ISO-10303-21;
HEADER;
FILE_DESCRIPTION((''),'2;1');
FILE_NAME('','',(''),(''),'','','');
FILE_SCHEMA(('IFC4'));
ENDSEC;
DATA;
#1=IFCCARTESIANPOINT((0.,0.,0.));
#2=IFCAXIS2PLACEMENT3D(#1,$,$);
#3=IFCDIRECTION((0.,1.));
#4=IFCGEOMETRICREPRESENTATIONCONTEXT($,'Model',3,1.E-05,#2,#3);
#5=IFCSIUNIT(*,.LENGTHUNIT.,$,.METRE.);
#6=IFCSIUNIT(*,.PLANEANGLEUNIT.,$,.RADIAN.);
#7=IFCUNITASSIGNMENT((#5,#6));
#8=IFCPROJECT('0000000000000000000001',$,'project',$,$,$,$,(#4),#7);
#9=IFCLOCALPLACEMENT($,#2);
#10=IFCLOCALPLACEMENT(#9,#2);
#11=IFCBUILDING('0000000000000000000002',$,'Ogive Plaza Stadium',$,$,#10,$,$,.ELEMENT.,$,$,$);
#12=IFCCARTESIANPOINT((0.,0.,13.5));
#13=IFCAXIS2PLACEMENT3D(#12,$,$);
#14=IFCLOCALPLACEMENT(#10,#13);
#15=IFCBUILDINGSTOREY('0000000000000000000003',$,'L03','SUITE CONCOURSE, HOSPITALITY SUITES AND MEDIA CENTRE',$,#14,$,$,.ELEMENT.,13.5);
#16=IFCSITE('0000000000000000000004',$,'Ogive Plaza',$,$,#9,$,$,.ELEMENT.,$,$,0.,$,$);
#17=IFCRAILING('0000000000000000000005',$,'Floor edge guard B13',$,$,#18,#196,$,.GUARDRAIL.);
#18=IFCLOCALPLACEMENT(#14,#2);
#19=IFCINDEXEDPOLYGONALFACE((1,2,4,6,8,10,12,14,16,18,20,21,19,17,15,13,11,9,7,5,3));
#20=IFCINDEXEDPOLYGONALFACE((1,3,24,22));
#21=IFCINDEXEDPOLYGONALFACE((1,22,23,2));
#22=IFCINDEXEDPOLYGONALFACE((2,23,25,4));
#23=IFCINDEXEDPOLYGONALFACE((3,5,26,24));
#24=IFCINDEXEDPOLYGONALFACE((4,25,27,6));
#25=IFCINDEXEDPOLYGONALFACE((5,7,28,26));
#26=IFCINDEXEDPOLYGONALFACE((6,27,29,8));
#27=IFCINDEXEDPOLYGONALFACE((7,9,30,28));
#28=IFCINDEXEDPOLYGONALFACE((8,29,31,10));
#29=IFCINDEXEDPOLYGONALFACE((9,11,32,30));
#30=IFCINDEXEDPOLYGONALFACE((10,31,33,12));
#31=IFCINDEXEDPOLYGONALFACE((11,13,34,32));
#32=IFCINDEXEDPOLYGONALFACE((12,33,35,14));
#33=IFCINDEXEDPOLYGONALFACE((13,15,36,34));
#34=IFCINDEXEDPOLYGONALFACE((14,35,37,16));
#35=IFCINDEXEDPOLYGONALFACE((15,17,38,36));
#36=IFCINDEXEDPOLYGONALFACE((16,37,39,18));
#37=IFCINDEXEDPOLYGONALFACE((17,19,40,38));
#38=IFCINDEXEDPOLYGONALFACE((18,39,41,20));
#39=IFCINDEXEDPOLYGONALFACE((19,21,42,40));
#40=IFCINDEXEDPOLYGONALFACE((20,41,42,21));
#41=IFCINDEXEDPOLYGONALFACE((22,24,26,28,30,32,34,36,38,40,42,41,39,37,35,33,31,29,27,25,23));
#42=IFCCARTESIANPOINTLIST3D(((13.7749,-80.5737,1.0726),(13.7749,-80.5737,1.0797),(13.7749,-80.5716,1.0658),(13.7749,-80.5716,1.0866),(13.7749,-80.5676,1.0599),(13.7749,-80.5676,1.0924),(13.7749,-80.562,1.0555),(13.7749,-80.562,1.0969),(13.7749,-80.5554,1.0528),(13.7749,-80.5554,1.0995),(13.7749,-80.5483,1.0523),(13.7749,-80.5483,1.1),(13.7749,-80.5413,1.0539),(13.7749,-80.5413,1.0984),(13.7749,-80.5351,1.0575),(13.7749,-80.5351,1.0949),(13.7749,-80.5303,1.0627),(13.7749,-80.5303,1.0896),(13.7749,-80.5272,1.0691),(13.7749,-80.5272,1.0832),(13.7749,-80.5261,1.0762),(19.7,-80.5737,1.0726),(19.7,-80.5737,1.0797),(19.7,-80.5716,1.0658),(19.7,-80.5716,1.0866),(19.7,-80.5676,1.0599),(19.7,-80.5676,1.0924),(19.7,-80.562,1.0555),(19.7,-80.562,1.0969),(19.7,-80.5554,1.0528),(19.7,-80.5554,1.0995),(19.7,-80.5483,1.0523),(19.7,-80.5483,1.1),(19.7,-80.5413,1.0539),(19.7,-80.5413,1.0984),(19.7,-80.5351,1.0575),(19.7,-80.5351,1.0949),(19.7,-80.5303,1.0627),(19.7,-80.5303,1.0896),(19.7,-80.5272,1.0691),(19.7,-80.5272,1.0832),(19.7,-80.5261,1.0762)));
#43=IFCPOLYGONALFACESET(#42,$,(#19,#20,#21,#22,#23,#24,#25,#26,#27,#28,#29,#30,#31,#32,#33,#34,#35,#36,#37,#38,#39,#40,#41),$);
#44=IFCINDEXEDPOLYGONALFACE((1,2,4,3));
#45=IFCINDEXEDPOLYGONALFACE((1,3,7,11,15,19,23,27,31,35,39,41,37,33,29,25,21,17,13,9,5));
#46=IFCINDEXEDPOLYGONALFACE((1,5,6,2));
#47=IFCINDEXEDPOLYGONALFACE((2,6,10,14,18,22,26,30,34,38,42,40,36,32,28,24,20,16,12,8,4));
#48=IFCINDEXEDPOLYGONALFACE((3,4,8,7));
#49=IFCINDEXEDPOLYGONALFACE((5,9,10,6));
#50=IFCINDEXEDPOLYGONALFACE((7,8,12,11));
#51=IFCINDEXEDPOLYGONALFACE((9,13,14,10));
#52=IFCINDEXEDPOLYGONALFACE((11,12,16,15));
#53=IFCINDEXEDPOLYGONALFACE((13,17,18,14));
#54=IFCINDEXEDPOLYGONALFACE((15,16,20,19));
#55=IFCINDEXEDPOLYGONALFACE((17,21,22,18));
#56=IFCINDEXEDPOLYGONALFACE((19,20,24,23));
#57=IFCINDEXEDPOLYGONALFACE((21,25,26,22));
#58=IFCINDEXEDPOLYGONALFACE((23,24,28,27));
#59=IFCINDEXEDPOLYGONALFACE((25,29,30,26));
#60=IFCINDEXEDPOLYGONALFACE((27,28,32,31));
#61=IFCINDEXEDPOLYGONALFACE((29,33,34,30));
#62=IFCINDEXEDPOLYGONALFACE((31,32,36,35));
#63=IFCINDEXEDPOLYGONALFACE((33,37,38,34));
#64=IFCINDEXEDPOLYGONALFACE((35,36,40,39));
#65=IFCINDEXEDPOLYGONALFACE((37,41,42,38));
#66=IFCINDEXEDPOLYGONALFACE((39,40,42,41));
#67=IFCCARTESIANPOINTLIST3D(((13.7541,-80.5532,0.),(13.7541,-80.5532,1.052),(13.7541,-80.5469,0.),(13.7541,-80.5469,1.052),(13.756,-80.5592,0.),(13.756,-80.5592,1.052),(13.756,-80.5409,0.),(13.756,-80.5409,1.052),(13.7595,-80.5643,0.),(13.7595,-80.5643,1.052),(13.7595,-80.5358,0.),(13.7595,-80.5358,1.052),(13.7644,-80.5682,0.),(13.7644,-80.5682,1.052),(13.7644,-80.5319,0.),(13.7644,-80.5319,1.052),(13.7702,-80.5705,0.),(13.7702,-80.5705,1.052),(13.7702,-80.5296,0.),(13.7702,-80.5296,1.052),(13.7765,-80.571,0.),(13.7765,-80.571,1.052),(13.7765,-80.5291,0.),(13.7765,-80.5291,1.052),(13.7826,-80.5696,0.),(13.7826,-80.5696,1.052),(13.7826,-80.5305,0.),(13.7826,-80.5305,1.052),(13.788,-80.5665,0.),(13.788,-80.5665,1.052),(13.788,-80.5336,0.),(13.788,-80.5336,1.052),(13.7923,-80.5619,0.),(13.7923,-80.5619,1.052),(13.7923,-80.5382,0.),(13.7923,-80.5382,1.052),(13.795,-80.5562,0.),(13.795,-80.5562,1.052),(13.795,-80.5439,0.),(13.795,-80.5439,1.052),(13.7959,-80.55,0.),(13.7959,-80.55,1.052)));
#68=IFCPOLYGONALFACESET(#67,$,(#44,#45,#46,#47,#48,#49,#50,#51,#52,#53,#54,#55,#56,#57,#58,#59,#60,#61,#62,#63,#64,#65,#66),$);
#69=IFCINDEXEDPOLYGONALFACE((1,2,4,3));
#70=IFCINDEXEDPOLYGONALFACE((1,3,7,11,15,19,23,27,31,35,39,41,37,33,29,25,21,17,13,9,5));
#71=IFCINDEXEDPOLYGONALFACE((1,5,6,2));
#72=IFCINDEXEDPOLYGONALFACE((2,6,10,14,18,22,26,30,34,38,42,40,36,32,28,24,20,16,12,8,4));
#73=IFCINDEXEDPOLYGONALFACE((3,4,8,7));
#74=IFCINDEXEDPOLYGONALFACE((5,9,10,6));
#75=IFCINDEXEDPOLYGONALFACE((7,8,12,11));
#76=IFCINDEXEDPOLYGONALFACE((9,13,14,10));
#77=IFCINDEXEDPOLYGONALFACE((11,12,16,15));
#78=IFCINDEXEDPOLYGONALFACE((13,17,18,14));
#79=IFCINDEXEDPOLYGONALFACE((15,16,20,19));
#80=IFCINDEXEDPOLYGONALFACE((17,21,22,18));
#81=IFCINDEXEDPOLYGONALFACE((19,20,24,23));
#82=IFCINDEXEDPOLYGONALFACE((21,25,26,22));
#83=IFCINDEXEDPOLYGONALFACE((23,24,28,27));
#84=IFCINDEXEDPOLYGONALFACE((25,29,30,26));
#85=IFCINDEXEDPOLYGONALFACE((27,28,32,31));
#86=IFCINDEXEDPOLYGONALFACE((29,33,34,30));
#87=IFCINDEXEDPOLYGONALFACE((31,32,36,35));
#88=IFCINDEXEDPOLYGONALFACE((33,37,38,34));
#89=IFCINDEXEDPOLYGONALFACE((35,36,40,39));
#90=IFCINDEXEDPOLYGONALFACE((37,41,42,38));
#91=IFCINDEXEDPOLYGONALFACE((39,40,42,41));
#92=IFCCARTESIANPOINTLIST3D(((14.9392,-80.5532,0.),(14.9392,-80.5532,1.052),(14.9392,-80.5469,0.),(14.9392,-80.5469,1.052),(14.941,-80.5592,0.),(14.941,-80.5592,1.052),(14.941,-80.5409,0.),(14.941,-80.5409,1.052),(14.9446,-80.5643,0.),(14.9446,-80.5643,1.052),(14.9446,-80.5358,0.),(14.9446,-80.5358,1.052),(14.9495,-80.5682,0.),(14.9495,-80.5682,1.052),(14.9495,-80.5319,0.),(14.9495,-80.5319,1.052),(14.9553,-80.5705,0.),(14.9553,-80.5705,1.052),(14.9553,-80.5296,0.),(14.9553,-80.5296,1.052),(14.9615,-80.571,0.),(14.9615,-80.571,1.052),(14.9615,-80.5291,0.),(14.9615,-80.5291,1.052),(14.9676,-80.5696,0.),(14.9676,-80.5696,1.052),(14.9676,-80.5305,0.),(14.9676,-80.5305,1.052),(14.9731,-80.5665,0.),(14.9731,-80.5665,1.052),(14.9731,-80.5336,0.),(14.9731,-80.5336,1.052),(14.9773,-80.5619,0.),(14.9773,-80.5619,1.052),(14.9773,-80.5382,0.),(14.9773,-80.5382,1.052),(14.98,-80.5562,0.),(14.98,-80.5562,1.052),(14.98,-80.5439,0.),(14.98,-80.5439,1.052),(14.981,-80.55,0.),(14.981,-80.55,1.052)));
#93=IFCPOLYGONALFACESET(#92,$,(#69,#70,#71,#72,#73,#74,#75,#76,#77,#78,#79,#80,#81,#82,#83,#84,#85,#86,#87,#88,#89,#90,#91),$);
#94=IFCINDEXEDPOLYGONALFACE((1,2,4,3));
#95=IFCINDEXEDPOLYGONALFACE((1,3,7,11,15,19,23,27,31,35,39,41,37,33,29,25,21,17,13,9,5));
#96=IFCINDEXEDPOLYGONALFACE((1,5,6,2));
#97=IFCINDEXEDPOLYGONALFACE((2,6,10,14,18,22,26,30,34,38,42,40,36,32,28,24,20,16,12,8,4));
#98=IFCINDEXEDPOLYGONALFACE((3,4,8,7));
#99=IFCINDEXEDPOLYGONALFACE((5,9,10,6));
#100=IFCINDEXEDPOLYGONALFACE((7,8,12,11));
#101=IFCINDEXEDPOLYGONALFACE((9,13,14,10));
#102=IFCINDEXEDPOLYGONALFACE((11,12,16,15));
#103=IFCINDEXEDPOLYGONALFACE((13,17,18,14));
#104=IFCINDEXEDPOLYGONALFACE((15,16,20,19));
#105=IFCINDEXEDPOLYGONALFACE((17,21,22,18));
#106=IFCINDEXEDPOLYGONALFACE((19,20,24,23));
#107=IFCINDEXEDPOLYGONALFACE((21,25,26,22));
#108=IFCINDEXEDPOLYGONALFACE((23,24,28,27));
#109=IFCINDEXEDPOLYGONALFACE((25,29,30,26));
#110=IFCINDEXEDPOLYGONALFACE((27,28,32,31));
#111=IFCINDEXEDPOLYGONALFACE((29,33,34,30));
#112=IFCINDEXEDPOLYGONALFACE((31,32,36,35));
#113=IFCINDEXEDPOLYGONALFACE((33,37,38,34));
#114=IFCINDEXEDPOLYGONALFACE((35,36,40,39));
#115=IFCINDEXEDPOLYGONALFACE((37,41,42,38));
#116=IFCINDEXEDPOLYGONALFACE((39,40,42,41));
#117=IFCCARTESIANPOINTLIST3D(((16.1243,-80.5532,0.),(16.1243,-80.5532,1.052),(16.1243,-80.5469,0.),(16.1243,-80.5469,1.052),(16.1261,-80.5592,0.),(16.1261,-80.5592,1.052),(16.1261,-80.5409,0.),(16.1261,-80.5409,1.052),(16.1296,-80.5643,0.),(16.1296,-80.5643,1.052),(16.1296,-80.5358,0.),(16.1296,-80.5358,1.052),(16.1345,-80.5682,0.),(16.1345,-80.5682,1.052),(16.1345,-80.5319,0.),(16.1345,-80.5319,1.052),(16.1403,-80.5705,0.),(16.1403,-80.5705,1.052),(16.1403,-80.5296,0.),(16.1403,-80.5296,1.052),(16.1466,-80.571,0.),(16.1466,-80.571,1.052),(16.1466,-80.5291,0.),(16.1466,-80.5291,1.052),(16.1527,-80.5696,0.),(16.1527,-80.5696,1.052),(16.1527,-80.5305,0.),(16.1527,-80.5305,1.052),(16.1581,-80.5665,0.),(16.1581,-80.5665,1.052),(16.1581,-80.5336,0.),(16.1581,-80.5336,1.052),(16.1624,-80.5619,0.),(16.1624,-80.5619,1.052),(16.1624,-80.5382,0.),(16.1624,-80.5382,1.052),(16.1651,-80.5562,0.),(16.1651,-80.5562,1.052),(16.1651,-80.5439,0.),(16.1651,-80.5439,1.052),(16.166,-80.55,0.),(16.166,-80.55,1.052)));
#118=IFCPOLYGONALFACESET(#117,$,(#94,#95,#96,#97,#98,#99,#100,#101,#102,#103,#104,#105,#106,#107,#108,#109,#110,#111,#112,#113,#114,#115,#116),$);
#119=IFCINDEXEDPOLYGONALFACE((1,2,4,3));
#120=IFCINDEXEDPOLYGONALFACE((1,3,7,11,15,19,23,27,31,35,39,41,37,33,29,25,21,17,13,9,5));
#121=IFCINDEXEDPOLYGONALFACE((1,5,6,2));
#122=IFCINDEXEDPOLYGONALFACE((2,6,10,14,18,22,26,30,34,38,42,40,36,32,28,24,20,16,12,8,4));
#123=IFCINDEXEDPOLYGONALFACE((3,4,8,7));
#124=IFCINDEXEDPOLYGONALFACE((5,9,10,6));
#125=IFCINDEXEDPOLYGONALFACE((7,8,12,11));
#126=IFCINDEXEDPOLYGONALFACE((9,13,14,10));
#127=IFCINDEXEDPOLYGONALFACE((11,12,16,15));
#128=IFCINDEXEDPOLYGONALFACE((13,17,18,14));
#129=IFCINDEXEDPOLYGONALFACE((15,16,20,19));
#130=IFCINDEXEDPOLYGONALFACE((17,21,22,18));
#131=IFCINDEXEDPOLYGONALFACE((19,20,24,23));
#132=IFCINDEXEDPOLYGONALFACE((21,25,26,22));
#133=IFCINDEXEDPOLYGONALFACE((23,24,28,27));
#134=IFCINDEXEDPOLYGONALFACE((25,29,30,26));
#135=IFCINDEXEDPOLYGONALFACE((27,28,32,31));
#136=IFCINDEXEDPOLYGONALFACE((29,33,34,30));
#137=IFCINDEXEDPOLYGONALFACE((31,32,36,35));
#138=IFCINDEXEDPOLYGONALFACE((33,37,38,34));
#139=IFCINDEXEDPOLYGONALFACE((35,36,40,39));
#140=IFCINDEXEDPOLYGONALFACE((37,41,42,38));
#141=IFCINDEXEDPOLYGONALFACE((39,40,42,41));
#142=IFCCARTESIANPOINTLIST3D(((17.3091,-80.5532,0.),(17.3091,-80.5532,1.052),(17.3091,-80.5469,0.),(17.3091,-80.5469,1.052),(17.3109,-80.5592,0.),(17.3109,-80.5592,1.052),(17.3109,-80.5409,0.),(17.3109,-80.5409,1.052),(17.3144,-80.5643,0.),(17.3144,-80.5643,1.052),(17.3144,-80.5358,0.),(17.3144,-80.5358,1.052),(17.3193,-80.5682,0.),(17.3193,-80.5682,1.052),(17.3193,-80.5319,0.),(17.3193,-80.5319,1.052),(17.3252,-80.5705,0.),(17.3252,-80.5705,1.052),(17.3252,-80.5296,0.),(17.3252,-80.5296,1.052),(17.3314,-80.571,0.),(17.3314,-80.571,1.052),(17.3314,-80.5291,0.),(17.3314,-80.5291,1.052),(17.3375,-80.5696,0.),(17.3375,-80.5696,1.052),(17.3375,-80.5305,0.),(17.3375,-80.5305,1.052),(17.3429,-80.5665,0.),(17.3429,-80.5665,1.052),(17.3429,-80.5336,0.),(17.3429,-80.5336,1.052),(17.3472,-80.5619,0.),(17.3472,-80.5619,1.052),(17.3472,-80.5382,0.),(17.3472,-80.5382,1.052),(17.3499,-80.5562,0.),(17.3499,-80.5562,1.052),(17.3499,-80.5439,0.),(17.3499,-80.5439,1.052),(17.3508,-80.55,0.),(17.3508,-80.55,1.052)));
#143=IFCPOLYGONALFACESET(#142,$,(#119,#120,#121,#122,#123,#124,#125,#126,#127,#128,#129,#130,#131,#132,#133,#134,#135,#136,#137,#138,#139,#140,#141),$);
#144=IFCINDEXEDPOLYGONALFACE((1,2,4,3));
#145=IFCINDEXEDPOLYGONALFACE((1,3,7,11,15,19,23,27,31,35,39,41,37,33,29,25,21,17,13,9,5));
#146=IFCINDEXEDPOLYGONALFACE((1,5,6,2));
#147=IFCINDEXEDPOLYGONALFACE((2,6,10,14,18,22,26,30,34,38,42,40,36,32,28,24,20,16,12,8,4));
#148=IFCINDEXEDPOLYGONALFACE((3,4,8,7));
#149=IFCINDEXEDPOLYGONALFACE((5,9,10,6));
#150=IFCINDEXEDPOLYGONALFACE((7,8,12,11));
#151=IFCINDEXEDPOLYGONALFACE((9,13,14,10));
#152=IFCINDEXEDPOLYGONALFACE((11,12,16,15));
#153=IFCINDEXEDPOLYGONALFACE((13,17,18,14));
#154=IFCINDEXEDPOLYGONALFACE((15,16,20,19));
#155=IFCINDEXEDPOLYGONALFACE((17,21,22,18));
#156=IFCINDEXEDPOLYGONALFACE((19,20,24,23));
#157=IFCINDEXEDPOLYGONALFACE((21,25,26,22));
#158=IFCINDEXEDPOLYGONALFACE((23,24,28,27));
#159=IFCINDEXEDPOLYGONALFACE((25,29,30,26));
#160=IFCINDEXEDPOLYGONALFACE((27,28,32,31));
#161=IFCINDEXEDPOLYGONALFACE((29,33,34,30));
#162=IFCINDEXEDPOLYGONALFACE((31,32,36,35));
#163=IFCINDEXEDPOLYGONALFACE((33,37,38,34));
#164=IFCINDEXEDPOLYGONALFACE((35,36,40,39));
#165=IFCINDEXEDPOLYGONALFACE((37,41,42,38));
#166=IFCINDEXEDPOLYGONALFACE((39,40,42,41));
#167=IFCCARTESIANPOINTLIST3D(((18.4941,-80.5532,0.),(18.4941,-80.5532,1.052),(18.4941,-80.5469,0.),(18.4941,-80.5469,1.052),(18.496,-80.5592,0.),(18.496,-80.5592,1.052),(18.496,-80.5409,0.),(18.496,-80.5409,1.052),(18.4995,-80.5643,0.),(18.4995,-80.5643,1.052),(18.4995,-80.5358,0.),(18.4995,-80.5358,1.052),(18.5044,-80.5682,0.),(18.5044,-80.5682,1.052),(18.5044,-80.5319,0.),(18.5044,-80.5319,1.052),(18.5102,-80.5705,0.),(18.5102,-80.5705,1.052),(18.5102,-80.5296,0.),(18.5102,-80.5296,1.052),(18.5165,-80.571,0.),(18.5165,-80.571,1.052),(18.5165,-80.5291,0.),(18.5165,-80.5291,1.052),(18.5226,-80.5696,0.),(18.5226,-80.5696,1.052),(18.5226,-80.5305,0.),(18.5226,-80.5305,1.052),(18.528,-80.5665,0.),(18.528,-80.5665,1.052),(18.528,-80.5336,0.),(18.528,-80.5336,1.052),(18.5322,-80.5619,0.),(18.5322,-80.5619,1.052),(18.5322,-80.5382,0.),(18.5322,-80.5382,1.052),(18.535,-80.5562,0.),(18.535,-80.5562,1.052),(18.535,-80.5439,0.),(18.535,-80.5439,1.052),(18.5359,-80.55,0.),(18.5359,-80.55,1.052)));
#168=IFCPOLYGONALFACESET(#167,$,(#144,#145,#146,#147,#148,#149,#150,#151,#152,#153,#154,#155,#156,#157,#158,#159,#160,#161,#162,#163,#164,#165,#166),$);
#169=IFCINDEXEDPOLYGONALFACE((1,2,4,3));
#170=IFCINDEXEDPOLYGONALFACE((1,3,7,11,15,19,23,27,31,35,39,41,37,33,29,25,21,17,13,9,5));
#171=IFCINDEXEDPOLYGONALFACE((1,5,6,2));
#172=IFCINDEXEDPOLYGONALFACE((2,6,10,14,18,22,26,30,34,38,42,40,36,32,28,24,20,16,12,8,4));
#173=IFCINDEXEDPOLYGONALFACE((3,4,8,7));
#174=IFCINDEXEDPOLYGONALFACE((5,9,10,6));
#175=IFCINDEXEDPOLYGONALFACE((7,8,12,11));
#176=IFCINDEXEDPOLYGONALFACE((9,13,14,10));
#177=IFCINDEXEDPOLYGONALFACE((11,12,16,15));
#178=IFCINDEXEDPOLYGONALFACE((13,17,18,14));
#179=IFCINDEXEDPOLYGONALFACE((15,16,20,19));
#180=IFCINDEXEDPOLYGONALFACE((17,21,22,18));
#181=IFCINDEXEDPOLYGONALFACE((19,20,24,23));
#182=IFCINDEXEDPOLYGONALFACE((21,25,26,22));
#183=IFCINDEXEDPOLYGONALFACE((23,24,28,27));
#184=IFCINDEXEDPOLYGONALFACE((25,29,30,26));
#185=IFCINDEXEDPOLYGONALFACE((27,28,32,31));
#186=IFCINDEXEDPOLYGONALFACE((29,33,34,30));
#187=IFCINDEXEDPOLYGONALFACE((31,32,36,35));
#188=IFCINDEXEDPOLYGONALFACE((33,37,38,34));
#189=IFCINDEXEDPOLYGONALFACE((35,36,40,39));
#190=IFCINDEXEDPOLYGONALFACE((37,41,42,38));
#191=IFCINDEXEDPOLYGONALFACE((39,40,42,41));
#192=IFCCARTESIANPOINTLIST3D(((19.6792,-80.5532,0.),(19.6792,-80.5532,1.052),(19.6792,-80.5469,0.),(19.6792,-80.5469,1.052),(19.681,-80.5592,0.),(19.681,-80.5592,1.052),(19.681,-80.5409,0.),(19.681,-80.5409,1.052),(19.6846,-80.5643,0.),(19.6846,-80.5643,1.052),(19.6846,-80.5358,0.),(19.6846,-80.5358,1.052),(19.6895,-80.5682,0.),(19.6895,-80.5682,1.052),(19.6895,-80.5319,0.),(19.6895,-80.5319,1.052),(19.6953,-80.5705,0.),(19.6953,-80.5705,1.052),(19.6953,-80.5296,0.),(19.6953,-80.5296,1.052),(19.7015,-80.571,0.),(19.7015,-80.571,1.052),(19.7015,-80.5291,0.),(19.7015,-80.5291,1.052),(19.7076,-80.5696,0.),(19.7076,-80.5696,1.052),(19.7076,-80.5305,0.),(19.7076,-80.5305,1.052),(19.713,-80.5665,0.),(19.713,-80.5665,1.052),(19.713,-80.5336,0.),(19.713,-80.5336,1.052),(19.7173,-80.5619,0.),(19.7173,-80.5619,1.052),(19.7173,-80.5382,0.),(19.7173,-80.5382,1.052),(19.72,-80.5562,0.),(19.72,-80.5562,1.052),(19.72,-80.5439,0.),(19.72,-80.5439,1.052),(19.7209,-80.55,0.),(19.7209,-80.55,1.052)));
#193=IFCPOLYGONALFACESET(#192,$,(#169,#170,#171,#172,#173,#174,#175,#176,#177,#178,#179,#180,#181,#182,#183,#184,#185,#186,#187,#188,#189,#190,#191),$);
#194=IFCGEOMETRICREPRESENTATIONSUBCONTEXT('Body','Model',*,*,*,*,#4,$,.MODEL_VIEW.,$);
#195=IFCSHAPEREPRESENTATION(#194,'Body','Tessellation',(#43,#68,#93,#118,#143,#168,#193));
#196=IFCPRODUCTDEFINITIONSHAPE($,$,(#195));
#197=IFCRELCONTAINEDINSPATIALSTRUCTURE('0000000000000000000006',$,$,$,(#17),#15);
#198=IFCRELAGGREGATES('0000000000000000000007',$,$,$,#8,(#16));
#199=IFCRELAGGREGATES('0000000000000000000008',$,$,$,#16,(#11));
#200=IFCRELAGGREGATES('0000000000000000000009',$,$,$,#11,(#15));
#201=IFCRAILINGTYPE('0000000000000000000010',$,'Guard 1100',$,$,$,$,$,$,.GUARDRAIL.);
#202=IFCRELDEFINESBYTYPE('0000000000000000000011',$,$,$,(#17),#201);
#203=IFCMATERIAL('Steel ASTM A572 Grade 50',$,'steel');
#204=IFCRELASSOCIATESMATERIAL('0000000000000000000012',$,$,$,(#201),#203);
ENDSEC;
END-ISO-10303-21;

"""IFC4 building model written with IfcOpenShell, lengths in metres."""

from ifc_helpers import new_model, si_unit, direction, frame, origin, origin_2d, place, context, subcontext, project, spatial, circle, extrude, material, type_object, element, save


model = new_model("IFC4")

# Units and contexts
model_context = context("Model", 3, precision=1e-05, world=origin(), true_north=direction((0.0, 1.0)))
body_context = subcontext(model_context, "Body", "Model", "MODEL_VIEW")
ifc_project = project(units=[si_unit("LENGTHUNIT", "METRE"), si_unit("PLANEANGLEUNIT", "RADIAN")], contexts=[model_context])

# Site, building, storey
site_placement = place(None, origin())
site = spatial("IfcSite", under=ifc_project, at=site_placement, Name="Ogive Plaza", CompositionType="ELEMENT", RefElevation=0.0)
building_placement = place(site_placement, origin())
building = spatial("IfcBuilding", under=site, at=building_placement, Name="Ogive Plaza Stadium", CompositionType="ELEMENT")
storey_placement = place(building_placement, frame((0.0, 0.0, 13.5)))
storey = spatial("IfcBuildingStorey", under=building, at=storey_placement, Name="L03", Description="SUITE CONCOURSE, HOSPITALITY SUITES AND MEDIA CENTRE", CompositionType="ELEMENT", Elevation=13.5)

# Railing
ifc_material_1 = material(Name="Steel ASTM A572 Grade 50", Category="steel")
railing_type = type_object("IfcRailingType", Name="Guard 1100", PredefinedType="GUARDRAIL", material=ifc_material_1)
railing_1_placement = place(storey_placement, frame((13.7749, -80.55, 0.0)))
element("IfcRailing", 1, at=railing_1_placement, inside=storey, type_object=railing_type, Name="Floor edge guard B13", PredefinedType="GUARDRAIL", context=body_context, shape_type="SweptSolid", body=[
    extrude(circle(Radius=0.0239, at=origin_2d()), frame((0.0, 0.0, 1.0762), z_axis=(1.0, 0.0, 0.0), x_axis=(0.0, 1.0, 0.0)), (0.0, 0.0, 1.0), 5.925),
    extrude(circle(Radius=0.021, at=origin_2d()), origin(), (0.0, 0.0, 1.0), 1.052),
    extrude(circle(Radius=0.021, at=origin_2d()), frame((1.1851, 0.0, 0.0)), (0.0, 0.0, 1.0), 1.052),
    extrude(circle(Radius=0.021, at=origin_2d()), frame((2.3701, 0.0, 0.0)), (0.0, 0.0, 1.0), 1.052),
    extrude(circle(Radius=0.021, at=origin_2d()), frame((3.5549, 0.0, 0.0)), (0.0, 0.0, 1.0), 1.052),
    extrude(circle(Radius=0.021, at=origin_2d()), frame((4.74, 0.0, 0.0)), (0.0, 0.0, 1.0), 1.052),
    extrude(circle(Radius=0.021, at=origin_2d()), frame((5.925, 0.0, 0.0)), (0.0, 0.0, 1.0), 1.052),
])

save(model, "model.ifc")
